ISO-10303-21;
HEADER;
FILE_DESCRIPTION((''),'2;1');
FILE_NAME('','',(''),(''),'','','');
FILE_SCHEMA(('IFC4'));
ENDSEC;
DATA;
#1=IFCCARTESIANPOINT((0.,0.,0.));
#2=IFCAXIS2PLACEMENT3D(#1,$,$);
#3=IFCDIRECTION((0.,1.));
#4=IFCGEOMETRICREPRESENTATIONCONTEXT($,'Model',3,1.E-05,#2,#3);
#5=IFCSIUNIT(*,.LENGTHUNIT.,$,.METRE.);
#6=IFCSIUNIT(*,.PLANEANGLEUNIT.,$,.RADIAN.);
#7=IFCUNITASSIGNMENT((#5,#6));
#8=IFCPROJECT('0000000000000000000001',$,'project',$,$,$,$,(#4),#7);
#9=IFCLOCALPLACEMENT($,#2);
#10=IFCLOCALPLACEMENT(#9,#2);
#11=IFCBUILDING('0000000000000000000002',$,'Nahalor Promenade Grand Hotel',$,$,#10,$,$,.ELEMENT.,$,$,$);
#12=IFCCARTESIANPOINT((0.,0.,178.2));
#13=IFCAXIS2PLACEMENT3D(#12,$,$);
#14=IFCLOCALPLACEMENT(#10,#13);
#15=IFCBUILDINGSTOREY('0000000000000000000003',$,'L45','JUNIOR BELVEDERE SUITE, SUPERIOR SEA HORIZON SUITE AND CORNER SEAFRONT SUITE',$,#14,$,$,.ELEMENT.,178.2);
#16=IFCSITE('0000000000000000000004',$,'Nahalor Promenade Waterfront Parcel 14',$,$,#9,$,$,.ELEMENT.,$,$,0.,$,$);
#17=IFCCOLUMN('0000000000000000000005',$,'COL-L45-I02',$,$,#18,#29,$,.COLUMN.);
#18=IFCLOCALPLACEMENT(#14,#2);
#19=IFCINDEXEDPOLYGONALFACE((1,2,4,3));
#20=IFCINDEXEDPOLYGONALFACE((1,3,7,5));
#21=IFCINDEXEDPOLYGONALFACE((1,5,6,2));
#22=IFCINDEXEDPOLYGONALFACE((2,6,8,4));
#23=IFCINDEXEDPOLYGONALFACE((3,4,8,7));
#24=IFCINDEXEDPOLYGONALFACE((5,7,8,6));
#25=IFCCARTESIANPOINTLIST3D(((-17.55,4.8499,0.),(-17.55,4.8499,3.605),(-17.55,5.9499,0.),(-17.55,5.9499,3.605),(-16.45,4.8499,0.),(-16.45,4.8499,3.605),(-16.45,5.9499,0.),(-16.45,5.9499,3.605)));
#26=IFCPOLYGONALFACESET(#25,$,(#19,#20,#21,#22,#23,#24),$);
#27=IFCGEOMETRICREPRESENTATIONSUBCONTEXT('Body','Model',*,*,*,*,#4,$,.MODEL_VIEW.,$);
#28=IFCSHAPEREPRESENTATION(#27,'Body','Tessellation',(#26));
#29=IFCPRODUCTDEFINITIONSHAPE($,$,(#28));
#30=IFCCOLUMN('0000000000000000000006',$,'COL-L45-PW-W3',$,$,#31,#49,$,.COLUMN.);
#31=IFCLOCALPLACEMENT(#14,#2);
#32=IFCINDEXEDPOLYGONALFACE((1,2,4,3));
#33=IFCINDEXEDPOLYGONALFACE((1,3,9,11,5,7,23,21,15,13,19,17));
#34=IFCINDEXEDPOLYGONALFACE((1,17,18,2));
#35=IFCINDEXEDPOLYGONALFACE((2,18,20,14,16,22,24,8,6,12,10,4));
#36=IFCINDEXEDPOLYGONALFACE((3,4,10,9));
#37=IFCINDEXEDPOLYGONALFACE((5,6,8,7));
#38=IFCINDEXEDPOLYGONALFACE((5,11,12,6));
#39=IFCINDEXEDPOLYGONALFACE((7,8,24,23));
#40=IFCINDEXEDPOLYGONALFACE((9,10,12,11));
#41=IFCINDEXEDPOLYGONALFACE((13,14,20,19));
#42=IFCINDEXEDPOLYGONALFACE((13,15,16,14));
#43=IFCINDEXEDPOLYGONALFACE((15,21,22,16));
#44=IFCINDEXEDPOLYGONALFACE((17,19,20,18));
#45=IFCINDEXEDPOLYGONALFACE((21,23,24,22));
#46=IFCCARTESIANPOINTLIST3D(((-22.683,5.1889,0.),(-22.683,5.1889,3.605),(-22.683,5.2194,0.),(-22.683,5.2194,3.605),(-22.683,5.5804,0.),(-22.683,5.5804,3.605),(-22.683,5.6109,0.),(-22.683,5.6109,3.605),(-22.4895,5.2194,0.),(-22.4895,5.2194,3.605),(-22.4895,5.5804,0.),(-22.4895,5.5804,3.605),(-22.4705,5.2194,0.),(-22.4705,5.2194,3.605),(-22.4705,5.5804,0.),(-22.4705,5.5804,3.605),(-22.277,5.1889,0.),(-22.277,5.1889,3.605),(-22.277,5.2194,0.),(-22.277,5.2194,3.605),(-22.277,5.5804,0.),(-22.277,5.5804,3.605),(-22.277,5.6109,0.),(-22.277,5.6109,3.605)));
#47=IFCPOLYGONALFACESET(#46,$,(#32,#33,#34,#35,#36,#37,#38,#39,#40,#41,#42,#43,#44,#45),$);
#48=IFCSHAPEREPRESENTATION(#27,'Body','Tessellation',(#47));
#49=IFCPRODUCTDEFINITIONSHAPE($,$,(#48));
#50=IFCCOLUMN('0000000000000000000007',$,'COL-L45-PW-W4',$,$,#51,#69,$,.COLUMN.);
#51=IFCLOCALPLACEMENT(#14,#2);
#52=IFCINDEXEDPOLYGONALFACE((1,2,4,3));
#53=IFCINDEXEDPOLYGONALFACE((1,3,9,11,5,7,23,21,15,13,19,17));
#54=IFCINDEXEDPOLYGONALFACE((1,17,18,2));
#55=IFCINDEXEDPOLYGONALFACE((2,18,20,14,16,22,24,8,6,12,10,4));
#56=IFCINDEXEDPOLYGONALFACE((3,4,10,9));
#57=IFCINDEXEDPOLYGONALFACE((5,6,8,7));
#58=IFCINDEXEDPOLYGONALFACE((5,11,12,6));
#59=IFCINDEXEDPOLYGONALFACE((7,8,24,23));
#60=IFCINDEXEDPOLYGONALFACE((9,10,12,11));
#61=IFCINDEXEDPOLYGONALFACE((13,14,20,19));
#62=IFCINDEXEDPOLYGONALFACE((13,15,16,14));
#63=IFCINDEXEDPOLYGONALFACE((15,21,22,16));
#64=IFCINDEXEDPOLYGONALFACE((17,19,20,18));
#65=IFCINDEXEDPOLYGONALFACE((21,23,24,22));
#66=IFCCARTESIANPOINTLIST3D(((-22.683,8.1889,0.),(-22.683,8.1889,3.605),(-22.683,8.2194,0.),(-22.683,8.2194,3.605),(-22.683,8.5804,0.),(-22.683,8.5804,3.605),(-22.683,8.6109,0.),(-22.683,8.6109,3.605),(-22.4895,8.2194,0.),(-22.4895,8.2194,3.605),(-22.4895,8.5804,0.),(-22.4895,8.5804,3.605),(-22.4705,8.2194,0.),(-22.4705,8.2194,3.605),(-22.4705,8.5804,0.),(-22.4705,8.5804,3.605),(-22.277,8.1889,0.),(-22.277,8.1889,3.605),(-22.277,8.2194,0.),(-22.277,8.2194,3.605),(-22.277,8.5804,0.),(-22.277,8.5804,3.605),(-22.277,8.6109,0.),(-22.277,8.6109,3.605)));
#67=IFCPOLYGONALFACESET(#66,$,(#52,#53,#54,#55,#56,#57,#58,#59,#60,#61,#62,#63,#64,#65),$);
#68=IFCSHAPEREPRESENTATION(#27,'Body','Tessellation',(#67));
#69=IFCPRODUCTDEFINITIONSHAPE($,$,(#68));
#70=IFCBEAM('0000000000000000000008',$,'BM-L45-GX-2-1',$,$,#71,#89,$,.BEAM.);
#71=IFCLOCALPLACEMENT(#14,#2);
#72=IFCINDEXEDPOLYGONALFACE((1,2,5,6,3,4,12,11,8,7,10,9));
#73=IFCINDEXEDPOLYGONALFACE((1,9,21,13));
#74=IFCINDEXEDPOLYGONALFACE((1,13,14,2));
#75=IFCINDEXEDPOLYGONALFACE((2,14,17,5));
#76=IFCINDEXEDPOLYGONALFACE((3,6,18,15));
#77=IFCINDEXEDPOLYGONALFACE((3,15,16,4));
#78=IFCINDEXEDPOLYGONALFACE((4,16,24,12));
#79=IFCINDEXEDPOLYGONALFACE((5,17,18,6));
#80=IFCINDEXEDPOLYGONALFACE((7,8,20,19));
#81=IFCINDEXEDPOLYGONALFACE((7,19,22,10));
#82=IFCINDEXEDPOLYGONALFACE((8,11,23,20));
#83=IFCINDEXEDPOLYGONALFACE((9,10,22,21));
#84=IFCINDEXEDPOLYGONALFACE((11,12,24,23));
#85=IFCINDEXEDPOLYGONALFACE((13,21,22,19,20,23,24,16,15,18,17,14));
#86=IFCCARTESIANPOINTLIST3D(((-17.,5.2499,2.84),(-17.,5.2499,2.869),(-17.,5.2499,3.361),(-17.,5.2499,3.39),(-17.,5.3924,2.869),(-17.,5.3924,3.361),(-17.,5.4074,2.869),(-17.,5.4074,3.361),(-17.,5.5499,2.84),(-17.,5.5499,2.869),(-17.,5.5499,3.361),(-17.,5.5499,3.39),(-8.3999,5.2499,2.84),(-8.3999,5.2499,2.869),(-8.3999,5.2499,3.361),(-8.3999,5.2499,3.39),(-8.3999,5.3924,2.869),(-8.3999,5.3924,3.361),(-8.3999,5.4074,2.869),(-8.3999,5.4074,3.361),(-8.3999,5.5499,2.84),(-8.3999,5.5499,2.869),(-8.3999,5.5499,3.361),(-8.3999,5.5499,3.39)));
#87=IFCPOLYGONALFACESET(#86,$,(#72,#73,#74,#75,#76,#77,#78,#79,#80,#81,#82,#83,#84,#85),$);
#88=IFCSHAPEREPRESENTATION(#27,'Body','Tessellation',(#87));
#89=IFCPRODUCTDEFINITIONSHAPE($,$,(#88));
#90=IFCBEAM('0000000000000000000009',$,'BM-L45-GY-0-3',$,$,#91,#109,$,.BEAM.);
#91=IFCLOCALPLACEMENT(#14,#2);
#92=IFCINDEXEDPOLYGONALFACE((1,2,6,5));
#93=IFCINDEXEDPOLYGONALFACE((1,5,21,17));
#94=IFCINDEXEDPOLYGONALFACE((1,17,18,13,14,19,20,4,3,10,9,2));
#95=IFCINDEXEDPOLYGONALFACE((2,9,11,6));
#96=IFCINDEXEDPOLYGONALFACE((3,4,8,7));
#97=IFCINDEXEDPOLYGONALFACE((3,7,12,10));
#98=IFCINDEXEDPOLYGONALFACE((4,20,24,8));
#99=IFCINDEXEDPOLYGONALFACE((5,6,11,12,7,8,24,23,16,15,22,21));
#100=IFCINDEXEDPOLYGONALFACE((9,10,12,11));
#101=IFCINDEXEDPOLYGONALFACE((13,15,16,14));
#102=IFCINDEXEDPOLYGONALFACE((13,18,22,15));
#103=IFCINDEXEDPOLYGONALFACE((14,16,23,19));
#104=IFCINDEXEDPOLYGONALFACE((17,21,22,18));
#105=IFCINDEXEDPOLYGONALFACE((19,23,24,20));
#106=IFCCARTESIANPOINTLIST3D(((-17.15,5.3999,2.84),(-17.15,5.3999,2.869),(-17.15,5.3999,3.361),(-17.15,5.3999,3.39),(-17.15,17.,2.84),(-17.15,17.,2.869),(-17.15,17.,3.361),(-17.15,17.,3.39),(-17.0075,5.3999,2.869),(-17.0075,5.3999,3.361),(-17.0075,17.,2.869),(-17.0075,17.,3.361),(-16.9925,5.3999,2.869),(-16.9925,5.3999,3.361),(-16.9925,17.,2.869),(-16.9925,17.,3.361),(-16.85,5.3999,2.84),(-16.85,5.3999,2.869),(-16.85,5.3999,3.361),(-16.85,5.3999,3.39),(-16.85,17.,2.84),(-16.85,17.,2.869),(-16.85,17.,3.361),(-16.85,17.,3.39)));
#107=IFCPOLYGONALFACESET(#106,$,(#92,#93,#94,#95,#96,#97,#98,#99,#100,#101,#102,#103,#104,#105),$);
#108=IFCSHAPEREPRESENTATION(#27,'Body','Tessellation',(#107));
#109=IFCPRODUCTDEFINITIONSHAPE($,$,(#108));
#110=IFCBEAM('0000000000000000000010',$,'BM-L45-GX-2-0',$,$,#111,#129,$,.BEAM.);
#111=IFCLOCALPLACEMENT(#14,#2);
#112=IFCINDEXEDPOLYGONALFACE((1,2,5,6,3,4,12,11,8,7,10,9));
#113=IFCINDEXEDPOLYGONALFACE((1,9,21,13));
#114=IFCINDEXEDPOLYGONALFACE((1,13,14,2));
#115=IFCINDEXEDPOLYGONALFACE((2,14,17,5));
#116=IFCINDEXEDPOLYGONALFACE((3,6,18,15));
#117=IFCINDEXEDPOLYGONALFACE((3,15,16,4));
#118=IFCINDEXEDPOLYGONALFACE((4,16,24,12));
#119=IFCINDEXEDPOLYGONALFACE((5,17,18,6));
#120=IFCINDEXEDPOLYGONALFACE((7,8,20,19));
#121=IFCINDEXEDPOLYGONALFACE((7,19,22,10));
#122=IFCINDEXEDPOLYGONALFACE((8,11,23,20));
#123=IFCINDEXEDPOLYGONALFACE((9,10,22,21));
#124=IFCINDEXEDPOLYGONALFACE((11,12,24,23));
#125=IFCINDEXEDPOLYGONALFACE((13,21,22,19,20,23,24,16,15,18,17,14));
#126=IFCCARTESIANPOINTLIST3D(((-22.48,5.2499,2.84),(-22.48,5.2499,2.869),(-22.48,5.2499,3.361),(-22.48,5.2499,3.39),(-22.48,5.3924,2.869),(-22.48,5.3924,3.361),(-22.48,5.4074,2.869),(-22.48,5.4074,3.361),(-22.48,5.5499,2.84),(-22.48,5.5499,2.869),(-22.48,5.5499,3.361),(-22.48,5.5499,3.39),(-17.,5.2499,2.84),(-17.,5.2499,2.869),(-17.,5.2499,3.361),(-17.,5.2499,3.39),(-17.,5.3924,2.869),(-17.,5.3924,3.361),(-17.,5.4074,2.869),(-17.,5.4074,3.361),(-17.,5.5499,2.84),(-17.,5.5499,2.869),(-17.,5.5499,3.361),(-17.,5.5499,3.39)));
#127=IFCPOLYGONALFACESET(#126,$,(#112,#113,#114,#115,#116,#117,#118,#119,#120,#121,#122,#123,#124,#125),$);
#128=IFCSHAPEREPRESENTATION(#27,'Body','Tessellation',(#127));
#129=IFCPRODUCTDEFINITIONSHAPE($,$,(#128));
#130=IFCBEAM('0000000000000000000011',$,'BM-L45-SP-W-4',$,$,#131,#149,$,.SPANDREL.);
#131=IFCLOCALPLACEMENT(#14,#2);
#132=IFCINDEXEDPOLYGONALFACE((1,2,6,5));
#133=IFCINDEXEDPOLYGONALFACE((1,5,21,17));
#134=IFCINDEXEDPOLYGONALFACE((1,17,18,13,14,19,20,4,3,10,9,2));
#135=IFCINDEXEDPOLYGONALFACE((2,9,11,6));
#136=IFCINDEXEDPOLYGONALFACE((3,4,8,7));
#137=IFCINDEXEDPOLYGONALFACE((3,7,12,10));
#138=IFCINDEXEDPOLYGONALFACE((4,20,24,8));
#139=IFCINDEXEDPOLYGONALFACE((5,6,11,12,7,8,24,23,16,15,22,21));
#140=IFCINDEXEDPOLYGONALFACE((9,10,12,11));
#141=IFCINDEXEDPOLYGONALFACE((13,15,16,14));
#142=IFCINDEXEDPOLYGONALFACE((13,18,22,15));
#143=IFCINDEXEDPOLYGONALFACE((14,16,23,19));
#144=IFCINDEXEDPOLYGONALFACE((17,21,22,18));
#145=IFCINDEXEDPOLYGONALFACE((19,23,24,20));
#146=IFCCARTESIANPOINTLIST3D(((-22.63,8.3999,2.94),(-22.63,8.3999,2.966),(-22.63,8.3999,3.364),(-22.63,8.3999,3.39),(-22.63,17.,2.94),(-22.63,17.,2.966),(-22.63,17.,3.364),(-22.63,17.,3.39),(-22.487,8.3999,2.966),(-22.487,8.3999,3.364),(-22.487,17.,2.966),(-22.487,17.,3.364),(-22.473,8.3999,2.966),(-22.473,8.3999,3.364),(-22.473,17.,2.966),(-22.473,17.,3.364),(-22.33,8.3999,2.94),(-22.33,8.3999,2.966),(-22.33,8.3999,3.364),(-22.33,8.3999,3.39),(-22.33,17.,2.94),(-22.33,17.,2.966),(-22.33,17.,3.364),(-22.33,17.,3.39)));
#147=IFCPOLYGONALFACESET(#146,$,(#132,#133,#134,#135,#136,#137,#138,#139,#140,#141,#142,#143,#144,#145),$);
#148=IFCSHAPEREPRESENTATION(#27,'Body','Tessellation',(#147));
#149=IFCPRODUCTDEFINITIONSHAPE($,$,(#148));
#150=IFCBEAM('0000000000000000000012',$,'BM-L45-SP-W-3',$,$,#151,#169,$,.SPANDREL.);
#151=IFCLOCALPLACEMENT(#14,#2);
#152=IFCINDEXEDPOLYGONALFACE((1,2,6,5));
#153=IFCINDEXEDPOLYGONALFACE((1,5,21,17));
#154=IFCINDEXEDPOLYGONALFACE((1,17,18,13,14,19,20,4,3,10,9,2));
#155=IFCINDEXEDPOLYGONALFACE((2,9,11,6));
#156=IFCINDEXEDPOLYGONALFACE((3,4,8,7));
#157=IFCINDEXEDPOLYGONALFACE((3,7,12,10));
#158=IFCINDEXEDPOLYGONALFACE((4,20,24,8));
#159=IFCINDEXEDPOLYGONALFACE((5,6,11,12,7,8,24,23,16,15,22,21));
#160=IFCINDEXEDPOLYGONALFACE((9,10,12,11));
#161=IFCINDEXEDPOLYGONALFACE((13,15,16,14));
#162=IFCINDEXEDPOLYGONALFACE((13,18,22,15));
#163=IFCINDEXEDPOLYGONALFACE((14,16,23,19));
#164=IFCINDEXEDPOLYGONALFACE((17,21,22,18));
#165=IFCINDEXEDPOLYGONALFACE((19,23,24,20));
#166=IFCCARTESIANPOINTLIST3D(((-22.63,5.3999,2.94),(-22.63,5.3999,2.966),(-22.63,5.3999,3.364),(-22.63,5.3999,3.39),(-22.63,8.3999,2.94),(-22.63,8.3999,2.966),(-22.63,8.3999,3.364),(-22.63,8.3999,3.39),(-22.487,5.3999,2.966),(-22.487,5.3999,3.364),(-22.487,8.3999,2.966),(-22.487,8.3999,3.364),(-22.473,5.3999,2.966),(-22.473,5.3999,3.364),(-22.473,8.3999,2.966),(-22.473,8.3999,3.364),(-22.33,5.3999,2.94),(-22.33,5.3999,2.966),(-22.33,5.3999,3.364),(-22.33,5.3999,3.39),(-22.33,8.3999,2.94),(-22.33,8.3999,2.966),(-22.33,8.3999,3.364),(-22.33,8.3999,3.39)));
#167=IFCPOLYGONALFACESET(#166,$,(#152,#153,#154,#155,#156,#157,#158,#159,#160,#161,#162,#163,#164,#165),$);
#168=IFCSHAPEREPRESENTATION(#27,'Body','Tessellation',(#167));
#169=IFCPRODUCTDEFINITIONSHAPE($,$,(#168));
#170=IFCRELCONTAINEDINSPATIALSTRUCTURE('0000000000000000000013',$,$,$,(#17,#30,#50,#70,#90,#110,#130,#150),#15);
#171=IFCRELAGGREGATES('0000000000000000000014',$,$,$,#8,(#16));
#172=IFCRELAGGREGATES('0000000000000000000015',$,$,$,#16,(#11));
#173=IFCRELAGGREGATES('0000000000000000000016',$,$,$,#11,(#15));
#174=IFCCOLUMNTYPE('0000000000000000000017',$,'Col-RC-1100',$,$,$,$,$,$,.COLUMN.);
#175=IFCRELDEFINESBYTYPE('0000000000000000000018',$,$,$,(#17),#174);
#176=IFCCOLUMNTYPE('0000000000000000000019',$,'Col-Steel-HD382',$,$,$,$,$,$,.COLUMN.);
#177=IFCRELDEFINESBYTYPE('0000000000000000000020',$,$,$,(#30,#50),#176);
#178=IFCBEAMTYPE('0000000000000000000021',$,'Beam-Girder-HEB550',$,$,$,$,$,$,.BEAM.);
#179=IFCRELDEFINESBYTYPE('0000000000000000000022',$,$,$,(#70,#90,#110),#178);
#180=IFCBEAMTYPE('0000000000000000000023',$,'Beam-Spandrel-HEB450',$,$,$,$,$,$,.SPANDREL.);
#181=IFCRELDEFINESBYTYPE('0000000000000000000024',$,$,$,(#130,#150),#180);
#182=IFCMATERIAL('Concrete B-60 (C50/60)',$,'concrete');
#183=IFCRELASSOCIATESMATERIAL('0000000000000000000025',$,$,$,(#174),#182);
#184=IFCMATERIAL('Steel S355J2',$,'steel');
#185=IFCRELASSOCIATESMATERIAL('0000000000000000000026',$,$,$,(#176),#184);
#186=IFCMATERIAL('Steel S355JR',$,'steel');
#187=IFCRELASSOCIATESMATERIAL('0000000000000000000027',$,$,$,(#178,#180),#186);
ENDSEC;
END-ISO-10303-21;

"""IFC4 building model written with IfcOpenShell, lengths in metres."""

from ifc_helpers import new_model, si_unit, direction, frame, origin, origin_2d, place, context, subcontext, project, spatial, rectangle, i_section, extrude, source, transform, mapped, material, material_profile, profile_set, type_object, element, save


model = new_model("IFC4")

# Units and contexts
model_context = context("Model", 3, precision=1e-05, world=origin(), true_north=direction((0.0, 1.0)))
body_context = subcontext(model_context, "Body", "Model", "MODEL_VIEW")
ifc_project = project(units=[si_unit("LENGTHUNIT", "METRE"), si_unit("PLANEANGLEUNIT", "RADIAN")], contexts=[model_context])

# Site, building, storey
site_placement = place(None, origin())
site = spatial("IfcSite", under=ifc_project, at=site_placement, Name="Nahalor Promenade Waterfront Parcel 14", CompositionType="ELEMENT", RefElevation=0.0)
building_placement = place(site_placement, origin())
building = spatial("IfcBuilding", under=site, at=building_placement, Name="Nahalor Promenade Grand Hotel", CompositionType="ELEMENT")
storey_placement = place(building_placement, frame((0.0, 0.0, 178.2)))
storey = spatial("IfcBuildingStorey", under=building, at=storey_placement, Name="L45", Description="JUNIOR BELVEDERE SUITE, SUPERIOR SEA HORIZON SUITE AND CORNER SEAFRONT SUITE", CompositionType="ELEMENT", Elevation=178.2)

# Columns
ifc_material_1 = material(Name="Concrete B-60 (C50/60)", Category="concrete")
ifc_material_profile_1 = material_profile(ifc_material_1, rectangle(XDim=1.1, YDim=1.1, at=origin_2d()), Name="RC 1100x1100")
ifc_profile_set_1 = profile_set([ifc_material_profile_1], Name="Concrete B-60 (C50/60)")
column_type_1 = type_object("IfcColumnType", Name="Col-RC-1100", PredefinedType="COLUMN", material=ifc_profile_set_1)
shared_shape_1 = source(origin(), body_context, "Body", "SweptSolid", [
    extrude(rectangle(XDim=1.1, YDim=1.1, at=origin_2d()), origin(), (0.0, 0.0, 1.0), 3.605),
])
column_placement = place(storey_placement, frame((-17.0, 5.3999, 0.0), z_axis=(0.0, 0.0, 1.0), x_axis=(1.0, 0.0, 0.0)))
element("IfcColumn", 1, at=column_placement, inside=storey, type_object=column_type_1, Name="COL-L45-I02", PredefinedType="COLUMN", context=body_context, shape_type="MappedRepresentation", body=[
    mapped(shared_shape_1, transform((0.0, 0.0, 0.0), scale=1.0)),
])
ifc_material_2 = material(Name="Steel S355J2", Category="steel")
ifc_material_profile_2 = material_profile(ifc_material_2, i_section(OverallWidth=0.406, OverallDepth=0.422, WebThickness=0.019, FlangeThickness=0.0305, at=origin_2d()), Name="HD 400x382")
ifc_profile_set_2 = profile_set([ifc_material_profile_2], Name="Steel S355J2")
column_type_2 = type_object("IfcColumnType", Name="Col-Steel-HD382", PredefinedType="COLUMN", material=ifc_profile_set_2)
shared_shape_2 = source(origin(), body_context, "Body", "SweptSolid", [
    extrude(i_section(OverallWidth=0.406, OverallDepth=0.422, WebThickness=0.019, FlangeThickness=0.0305, at=origin_2d()), origin(), (0.0, 0.0, 1.0), 3.605),
])
for number, where, z_axis, x_axis, name in (
    (2, (-22.48, 5.3999, 0.0), (0.0, 0.0, 1.0), (1.0, 0.0, 0.0), "COL-L45-PW-W3"),
    (3, (-22.48, 8.3999, 0.0), (0.0, 0.0, 1.0), (1.0, 0.0, 0.0), "COL-L45-PW-W4"),
):
    element("IfcColumn", number, at=place(storey_placement, frame(where, z_axis=z_axis, x_axis=x_axis)), inside=storey, type_object=column_type_2, Name=name, PredefinedType="COLUMN", context=body_context, shape_type="MappedRepresentation", body=[
        mapped(shared_shape_2, transform((0.0, 0.0, 0.0), scale=1.0)),
    ])

# Beams
ifc_material_3 = material(Name="Steel S355JR", Category="steel")
ifc_material_profile_3 = material_profile(ifc_material_3, i_section(OverallWidth=0.3, OverallDepth=0.55, WebThickness=0.015, FlangeThickness=0.029, at=origin_2d()), Name="HEB 550")
ifc_profile_set_3 = profile_set([ifc_material_profile_3], Name="Steel S355JR")
beam_type_1 = type_object("IfcBeamType", Name="Beam-Girder-HEB550", PredefinedType="BEAM", material=ifc_profile_set_3)
shared_shape_3 = source(origin(), body_context, "Body", "SweptSolid", [
    extrude(i_section(OverallWidth=0.3, OverallDepth=0.55, WebThickness=0.015, FlangeThickness=0.029, at=origin_2d()), origin(), (0.0, 0.0, 1.0), 8.6001),
])
beam_1_placement = place(storey_placement, frame((-17.0, 5.3999, 3.115), z_axis=(1.0, 0.0, 0.0), x_axis=(0.0, 1.0, 0.0)))
element("IfcBeam", 4, at=beam_1_placement, inside=storey, type_object=beam_type_1, Name="BM-L45-GX-2-1", PredefinedType="BEAM", context=body_context, shape_type="MappedRepresentation", body=[
    mapped(shared_shape_3, transform((0.0, 0.0, 0.0), scale=1.0)),
])
shared_shape_4 = source(origin(), body_context, "Body", "SweptSolid", [
    extrude(i_section(OverallWidth=0.3, OverallDepth=0.55, WebThickness=0.015, FlangeThickness=0.029, at=origin_2d()), origin(), (0.0, 0.0, 1.0), 11.6001),
])
beam_2_placement = place(storey_placement, frame((-17.0, 5.3999, 3.115), z_axis=(0.0, 1.0, 0.0), x_axis=(-1.0, 0.0, 0.0)))
element("IfcBeam", 5, at=beam_2_placement, inside=storey, type_object=beam_type_1, Name="BM-L45-GY-0-3", PredefinedType="BEAM", context=body_context, shape_type="MappedRepresentation", body=[
    mapped(shared_shape_4, transform((0.0, 0.0, 0.0), scale=1.0)),
])
shared_shape_5 = source(origin(), body_context, "Body", "SweptSolid", [
    extrude(i_section(OverallWidth=0.3, OverallDepth=0.55, WebThickness=0.015, FlangeThickness=0.029, at=origin_2d()), origin(), (0.0, 0.0, 1.0), 5.48),
])
beam_3_placement = place(storey_placement, frame((-22.48, 5.3999, 3.115), z_axis=(1.0, 0.0, 0.0), x_axis=(0.0, 1.0, 0.0)))
element("IfcBeam", 6, at=beam_3_placement, inside=storey, type_object=beam_type_1, Name="BM-L45-GX-2-0", PredefinedType="BEAM", context=body_context, shape_type="MappedRepresentation", body=[
    mapped(shared_shape_5, transform((0.0, 0.0, 0.0), scale=1.0)),
])
ifc_material_profile_4 = material_profile(ifc_material_3, i_section(OverallWidth=0.3, OverallDepth=0.45, WebThickness=0.014, FlangeThickness=0.026, at=origin_2d()), Name="HEB 450")
ifc_profile_set_4 = profile_set([ifc_material_profile_4], Name="Steel S355JR")
beam_type_2 = type_object("IfcBeamType", Name="Beam-Spandrel-HEB450", PredefinedType="SPANDREL", material=ifc_profile_set_4)
shared_shape_6 = source(origin(), body_context, "Body", "SweptSolid", [
    extrude(i_section(OverallWidth=0.3, OverallDepth=0.45, WebThickness=0.014, FlangeThickness=0.026, at=origin_2d()), origin(), (0.0, 0.0, 1.0), 8.6001),
])
beam_4_placement = place(storey_placement, frame((-22.48, 8.3999, 3.165), z_axis=(0.0, 1.0, 0.0), x_axis=(-1.0, 0.0, 0.0)))
element("IfcBeam", 7, at=beam_4_placement, inside=storey, type_object=beam_type_2, Name="BM-L45-SP-W-4", PredefinedType="SPANDREL", context=body_context, shape_type="MappedRepresentation", body=[
    mapped(shared_shape_6, transform((0.0, 0.0, 0.0), scale=1.0)),
])
shared_shape_7 = source(origin(), body_context, "Body", "SweptSolid", [
    extrude(i_section(OverallWidth=0.3, OverallDepth=0.45, WebThickness=0.014, FlangeThickness=0.026, at=origin_2d()), origin(), (0.0, 0.0, 1.0), 3.0),
])
beam_5_placement = place(storey_placement, frame((-22.48, 5.3999, 3.165), z_axis=(0.0, 1.0, 0.0), x_axis=(-1.0, 0.0, 0.0)))
element("IfcBeam", 8, at=beam_5_placement, inside=storey, type_object=beam_type_2, Name="BM-L45-SP-W-3", PredefinedType="SPANDREL", context=body_context, shape_type="MappedRepresentation", body=[
    mapped(shared_shape_7, transform((0.0, 0.0, 0.0), scale=1.0)),
])

save(model, "model.ifc")
